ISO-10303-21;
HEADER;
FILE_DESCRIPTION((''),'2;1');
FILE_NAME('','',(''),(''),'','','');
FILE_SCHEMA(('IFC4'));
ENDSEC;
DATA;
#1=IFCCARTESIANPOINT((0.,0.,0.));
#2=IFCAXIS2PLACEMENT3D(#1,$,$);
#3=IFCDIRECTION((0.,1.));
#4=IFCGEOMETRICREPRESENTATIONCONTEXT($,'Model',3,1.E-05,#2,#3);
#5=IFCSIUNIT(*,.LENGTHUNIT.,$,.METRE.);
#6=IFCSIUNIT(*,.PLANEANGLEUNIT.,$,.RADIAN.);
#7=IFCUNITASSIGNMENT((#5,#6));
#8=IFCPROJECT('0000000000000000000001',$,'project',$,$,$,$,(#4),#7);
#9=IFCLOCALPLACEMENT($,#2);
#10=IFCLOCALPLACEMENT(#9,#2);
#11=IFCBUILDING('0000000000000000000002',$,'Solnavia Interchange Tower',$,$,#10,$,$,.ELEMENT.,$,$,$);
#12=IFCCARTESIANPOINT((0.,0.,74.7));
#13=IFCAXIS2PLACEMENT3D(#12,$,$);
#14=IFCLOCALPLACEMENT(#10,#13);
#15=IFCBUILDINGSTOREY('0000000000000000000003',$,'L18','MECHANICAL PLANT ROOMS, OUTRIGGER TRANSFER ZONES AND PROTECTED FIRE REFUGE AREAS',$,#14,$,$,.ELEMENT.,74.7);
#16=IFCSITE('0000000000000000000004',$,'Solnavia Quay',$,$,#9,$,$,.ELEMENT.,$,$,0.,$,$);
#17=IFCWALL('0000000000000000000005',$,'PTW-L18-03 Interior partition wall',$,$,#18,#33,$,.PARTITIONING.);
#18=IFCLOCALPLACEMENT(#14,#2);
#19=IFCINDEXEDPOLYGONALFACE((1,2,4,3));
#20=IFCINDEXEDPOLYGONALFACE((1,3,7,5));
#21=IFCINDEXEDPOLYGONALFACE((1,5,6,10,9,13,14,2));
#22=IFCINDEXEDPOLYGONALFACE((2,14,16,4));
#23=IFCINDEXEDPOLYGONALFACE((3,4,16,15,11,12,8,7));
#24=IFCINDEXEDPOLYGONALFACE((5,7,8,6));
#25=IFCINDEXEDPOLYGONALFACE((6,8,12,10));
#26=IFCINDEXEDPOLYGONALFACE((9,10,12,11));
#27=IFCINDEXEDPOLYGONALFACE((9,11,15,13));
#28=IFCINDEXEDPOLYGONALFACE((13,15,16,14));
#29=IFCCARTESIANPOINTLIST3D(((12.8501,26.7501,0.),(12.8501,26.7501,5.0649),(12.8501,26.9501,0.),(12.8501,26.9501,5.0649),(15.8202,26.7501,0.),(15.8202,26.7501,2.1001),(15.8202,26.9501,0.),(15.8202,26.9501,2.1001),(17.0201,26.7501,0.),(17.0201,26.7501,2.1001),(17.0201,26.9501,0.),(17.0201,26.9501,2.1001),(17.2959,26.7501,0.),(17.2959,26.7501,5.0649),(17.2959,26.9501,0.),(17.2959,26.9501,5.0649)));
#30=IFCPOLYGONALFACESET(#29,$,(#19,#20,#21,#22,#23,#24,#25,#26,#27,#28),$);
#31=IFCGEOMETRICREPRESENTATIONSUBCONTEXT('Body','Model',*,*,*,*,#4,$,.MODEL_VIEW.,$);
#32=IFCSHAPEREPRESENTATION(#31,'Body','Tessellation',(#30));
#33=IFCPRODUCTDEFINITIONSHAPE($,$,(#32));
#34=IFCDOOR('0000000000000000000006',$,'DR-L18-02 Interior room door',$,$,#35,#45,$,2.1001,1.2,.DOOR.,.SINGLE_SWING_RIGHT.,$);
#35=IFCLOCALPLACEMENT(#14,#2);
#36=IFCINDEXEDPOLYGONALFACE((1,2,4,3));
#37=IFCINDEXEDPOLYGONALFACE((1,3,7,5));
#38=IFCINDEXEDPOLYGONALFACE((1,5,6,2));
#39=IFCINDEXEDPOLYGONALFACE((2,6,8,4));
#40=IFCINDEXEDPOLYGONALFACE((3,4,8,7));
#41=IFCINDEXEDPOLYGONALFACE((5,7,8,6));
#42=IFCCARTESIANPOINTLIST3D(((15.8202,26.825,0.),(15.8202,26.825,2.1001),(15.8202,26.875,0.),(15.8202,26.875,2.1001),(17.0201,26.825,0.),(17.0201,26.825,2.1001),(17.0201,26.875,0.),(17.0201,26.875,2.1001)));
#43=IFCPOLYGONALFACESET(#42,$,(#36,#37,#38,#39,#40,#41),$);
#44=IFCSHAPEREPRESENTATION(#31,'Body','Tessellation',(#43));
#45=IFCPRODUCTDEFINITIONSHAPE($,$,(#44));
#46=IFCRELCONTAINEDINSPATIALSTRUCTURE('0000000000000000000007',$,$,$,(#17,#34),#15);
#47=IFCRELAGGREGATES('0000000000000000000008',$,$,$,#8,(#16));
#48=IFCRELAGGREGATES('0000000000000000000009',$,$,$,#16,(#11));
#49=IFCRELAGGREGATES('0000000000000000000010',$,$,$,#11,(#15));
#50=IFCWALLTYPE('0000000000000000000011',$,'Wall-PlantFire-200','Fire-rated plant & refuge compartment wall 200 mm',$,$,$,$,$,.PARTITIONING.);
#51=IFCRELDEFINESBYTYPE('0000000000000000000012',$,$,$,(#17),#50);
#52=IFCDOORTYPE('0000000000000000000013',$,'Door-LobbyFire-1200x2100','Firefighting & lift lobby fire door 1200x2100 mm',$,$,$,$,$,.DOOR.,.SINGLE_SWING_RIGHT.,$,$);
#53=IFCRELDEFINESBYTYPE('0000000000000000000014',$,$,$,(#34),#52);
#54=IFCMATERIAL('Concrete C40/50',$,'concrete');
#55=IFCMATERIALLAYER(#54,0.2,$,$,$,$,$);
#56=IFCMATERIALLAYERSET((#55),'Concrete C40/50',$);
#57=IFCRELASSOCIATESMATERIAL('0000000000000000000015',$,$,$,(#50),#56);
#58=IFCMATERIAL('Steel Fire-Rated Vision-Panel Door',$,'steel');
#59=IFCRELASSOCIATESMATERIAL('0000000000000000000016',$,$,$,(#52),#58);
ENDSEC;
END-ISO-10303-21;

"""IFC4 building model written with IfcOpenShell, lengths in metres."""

from ifc_helpers import new_model, si_unit, direction, frame, frame_2d, origin, place, context, subcontext, project, spatial, rectangle, extrude, material, layer, layer_set, type_object, element, fill, save


model = new_model("IFC4")

# Units and contexts
model_context = context("Model", 3, precision=1e-05, world=origin(), true_north=direction((0.0, 1.0)))
body_context = subcontext(model_context, "Body", "Model", "MODEL_VIEW")
ifc_project = project(units=[si_unit("LENGTHUNIT", "METRE"), si_unit("PLANEANGLEUNIT", "RADIAN")], contexts=[model_context])

# Site, building, storey
site_placement = place(None, origin())
site = spatial("IfcSite", under=ifc_project, at=site_placement, Name="Solnavia Quay", CompositionType="ELEMENT", RefElevation=0.0)
building_placement = place(site_placement, origin())
building = spatial("IfcBuilding", under=site, at=building_placement, Name="Solnavia Interchange Tower", CompositionType="ELEMENT")
storey_placement = place(building_placement, frame((0.0, 0.0, 74.7)))
storey = spatial("IfcBuildingStorey", under=building, at=storey_placement, Name="L18", Description="MECHANICAL PLANT ROOMS, OUTRIGGER TRANSFER ZONES AND PROTECTED FIRE REFUGE AREAS", CompositionType="ELEMENT", Elevation=74.7)

# Shared definitions
ifc_material_1 = material(Name="Concrete C40/50", Category="concrete")

# Wall, opening, door
ifc_layer_1 = layer(ifc_material_1, 0.2)
ifc_layer_set_1 = layer_set([ifc_layer_1], Name="Concrete C40/50")
wall_type_1 = type_object("IfcWallType", Name="Wall-PlantFire-200", Description="Fire-rated plant & refuge compartment wall 200 mm", PredefinedType="PARTITIONING", material=ifc_layer_set_1)
wall_1_placement = place(storey_placement, frame((12.8501, 26.8501, 0.0), z_axis=(0.0, 0.0, 1.0), x_axis=(1.0, 0.0, 0.0)))
wall_1 = element("IfcWall", 1, at=wall_1_placement, inside=storey, type_object=wall_type_1, Name="PTW-L18-03 Interior partition wall", PredefinedType="PARTITIONING", context=body_context, shape_type="SweptSolid", body=[
    extrude(rectangle(XDim=4.4458, YDim=0.2, at=frame_2d((2.2229, 0.0))), origin(), (0.0, 0.0, 1.0), 5.0649),
])
opening_placement = place(wall_1_placement, frame((2.97, 0.0, 0.0)))
opening = element("IfcOpeningElement", 2, at=opening_placement, cuts=wall_1, PredefinedType="OPENING", context=body_context, shape_type="SweptSolid", body=[
    extrude(rectangle(XDim=1.2, YDim=2.1001, at=frame_2d((0.6001, 1.05))), frame((0.0, 0.1099, 0.0), z_axis=(0.0, -1.0, 0.0), x_axis=(1.0, 0.0, 0.0)), (0.0, 0.0, 1.0), 0.22),
])
ifc_material_2 = material(Name="Steel Fire-Rated Vision-Panel Door", Category="steel")
door_type = type_object("IfcDoorType", Name="Door-LobbyFire-1200x2100", Description="Firefighting & lift lobby fire door 1200x2100 mm", OperationType="SINGLE_SWING_RIGHT", PredefinedType="DOOR", material=ifc_material_2)
door_placement = place(opening_placement, origin())
door = element("IfcDoor", 3, at=door_placement, inside=storey, type_object=door_type, Name="DR-L18-02 Interior room door", OperationType="SINGLE_SWING_RIGHT", OverallHeight=2.1001, OverallWidth=1.2, PredefinedType="DOOR", context=body_context, shape_type="SweptSolid", body=[
    extrude(rectangle(XDim=1.2, YDim=2.1001, at=frame_2d((0.6001, 1.05))), frame((0.0, 0.0249, 0.0), z_axis=(0.0, -1.0, 0.0), x_axis=(1.0, 0.0, 0.0)), (0.0, 0.0, 1.0), 0.05),
])
fill(opening, door)

save(model, "model.ifc")
